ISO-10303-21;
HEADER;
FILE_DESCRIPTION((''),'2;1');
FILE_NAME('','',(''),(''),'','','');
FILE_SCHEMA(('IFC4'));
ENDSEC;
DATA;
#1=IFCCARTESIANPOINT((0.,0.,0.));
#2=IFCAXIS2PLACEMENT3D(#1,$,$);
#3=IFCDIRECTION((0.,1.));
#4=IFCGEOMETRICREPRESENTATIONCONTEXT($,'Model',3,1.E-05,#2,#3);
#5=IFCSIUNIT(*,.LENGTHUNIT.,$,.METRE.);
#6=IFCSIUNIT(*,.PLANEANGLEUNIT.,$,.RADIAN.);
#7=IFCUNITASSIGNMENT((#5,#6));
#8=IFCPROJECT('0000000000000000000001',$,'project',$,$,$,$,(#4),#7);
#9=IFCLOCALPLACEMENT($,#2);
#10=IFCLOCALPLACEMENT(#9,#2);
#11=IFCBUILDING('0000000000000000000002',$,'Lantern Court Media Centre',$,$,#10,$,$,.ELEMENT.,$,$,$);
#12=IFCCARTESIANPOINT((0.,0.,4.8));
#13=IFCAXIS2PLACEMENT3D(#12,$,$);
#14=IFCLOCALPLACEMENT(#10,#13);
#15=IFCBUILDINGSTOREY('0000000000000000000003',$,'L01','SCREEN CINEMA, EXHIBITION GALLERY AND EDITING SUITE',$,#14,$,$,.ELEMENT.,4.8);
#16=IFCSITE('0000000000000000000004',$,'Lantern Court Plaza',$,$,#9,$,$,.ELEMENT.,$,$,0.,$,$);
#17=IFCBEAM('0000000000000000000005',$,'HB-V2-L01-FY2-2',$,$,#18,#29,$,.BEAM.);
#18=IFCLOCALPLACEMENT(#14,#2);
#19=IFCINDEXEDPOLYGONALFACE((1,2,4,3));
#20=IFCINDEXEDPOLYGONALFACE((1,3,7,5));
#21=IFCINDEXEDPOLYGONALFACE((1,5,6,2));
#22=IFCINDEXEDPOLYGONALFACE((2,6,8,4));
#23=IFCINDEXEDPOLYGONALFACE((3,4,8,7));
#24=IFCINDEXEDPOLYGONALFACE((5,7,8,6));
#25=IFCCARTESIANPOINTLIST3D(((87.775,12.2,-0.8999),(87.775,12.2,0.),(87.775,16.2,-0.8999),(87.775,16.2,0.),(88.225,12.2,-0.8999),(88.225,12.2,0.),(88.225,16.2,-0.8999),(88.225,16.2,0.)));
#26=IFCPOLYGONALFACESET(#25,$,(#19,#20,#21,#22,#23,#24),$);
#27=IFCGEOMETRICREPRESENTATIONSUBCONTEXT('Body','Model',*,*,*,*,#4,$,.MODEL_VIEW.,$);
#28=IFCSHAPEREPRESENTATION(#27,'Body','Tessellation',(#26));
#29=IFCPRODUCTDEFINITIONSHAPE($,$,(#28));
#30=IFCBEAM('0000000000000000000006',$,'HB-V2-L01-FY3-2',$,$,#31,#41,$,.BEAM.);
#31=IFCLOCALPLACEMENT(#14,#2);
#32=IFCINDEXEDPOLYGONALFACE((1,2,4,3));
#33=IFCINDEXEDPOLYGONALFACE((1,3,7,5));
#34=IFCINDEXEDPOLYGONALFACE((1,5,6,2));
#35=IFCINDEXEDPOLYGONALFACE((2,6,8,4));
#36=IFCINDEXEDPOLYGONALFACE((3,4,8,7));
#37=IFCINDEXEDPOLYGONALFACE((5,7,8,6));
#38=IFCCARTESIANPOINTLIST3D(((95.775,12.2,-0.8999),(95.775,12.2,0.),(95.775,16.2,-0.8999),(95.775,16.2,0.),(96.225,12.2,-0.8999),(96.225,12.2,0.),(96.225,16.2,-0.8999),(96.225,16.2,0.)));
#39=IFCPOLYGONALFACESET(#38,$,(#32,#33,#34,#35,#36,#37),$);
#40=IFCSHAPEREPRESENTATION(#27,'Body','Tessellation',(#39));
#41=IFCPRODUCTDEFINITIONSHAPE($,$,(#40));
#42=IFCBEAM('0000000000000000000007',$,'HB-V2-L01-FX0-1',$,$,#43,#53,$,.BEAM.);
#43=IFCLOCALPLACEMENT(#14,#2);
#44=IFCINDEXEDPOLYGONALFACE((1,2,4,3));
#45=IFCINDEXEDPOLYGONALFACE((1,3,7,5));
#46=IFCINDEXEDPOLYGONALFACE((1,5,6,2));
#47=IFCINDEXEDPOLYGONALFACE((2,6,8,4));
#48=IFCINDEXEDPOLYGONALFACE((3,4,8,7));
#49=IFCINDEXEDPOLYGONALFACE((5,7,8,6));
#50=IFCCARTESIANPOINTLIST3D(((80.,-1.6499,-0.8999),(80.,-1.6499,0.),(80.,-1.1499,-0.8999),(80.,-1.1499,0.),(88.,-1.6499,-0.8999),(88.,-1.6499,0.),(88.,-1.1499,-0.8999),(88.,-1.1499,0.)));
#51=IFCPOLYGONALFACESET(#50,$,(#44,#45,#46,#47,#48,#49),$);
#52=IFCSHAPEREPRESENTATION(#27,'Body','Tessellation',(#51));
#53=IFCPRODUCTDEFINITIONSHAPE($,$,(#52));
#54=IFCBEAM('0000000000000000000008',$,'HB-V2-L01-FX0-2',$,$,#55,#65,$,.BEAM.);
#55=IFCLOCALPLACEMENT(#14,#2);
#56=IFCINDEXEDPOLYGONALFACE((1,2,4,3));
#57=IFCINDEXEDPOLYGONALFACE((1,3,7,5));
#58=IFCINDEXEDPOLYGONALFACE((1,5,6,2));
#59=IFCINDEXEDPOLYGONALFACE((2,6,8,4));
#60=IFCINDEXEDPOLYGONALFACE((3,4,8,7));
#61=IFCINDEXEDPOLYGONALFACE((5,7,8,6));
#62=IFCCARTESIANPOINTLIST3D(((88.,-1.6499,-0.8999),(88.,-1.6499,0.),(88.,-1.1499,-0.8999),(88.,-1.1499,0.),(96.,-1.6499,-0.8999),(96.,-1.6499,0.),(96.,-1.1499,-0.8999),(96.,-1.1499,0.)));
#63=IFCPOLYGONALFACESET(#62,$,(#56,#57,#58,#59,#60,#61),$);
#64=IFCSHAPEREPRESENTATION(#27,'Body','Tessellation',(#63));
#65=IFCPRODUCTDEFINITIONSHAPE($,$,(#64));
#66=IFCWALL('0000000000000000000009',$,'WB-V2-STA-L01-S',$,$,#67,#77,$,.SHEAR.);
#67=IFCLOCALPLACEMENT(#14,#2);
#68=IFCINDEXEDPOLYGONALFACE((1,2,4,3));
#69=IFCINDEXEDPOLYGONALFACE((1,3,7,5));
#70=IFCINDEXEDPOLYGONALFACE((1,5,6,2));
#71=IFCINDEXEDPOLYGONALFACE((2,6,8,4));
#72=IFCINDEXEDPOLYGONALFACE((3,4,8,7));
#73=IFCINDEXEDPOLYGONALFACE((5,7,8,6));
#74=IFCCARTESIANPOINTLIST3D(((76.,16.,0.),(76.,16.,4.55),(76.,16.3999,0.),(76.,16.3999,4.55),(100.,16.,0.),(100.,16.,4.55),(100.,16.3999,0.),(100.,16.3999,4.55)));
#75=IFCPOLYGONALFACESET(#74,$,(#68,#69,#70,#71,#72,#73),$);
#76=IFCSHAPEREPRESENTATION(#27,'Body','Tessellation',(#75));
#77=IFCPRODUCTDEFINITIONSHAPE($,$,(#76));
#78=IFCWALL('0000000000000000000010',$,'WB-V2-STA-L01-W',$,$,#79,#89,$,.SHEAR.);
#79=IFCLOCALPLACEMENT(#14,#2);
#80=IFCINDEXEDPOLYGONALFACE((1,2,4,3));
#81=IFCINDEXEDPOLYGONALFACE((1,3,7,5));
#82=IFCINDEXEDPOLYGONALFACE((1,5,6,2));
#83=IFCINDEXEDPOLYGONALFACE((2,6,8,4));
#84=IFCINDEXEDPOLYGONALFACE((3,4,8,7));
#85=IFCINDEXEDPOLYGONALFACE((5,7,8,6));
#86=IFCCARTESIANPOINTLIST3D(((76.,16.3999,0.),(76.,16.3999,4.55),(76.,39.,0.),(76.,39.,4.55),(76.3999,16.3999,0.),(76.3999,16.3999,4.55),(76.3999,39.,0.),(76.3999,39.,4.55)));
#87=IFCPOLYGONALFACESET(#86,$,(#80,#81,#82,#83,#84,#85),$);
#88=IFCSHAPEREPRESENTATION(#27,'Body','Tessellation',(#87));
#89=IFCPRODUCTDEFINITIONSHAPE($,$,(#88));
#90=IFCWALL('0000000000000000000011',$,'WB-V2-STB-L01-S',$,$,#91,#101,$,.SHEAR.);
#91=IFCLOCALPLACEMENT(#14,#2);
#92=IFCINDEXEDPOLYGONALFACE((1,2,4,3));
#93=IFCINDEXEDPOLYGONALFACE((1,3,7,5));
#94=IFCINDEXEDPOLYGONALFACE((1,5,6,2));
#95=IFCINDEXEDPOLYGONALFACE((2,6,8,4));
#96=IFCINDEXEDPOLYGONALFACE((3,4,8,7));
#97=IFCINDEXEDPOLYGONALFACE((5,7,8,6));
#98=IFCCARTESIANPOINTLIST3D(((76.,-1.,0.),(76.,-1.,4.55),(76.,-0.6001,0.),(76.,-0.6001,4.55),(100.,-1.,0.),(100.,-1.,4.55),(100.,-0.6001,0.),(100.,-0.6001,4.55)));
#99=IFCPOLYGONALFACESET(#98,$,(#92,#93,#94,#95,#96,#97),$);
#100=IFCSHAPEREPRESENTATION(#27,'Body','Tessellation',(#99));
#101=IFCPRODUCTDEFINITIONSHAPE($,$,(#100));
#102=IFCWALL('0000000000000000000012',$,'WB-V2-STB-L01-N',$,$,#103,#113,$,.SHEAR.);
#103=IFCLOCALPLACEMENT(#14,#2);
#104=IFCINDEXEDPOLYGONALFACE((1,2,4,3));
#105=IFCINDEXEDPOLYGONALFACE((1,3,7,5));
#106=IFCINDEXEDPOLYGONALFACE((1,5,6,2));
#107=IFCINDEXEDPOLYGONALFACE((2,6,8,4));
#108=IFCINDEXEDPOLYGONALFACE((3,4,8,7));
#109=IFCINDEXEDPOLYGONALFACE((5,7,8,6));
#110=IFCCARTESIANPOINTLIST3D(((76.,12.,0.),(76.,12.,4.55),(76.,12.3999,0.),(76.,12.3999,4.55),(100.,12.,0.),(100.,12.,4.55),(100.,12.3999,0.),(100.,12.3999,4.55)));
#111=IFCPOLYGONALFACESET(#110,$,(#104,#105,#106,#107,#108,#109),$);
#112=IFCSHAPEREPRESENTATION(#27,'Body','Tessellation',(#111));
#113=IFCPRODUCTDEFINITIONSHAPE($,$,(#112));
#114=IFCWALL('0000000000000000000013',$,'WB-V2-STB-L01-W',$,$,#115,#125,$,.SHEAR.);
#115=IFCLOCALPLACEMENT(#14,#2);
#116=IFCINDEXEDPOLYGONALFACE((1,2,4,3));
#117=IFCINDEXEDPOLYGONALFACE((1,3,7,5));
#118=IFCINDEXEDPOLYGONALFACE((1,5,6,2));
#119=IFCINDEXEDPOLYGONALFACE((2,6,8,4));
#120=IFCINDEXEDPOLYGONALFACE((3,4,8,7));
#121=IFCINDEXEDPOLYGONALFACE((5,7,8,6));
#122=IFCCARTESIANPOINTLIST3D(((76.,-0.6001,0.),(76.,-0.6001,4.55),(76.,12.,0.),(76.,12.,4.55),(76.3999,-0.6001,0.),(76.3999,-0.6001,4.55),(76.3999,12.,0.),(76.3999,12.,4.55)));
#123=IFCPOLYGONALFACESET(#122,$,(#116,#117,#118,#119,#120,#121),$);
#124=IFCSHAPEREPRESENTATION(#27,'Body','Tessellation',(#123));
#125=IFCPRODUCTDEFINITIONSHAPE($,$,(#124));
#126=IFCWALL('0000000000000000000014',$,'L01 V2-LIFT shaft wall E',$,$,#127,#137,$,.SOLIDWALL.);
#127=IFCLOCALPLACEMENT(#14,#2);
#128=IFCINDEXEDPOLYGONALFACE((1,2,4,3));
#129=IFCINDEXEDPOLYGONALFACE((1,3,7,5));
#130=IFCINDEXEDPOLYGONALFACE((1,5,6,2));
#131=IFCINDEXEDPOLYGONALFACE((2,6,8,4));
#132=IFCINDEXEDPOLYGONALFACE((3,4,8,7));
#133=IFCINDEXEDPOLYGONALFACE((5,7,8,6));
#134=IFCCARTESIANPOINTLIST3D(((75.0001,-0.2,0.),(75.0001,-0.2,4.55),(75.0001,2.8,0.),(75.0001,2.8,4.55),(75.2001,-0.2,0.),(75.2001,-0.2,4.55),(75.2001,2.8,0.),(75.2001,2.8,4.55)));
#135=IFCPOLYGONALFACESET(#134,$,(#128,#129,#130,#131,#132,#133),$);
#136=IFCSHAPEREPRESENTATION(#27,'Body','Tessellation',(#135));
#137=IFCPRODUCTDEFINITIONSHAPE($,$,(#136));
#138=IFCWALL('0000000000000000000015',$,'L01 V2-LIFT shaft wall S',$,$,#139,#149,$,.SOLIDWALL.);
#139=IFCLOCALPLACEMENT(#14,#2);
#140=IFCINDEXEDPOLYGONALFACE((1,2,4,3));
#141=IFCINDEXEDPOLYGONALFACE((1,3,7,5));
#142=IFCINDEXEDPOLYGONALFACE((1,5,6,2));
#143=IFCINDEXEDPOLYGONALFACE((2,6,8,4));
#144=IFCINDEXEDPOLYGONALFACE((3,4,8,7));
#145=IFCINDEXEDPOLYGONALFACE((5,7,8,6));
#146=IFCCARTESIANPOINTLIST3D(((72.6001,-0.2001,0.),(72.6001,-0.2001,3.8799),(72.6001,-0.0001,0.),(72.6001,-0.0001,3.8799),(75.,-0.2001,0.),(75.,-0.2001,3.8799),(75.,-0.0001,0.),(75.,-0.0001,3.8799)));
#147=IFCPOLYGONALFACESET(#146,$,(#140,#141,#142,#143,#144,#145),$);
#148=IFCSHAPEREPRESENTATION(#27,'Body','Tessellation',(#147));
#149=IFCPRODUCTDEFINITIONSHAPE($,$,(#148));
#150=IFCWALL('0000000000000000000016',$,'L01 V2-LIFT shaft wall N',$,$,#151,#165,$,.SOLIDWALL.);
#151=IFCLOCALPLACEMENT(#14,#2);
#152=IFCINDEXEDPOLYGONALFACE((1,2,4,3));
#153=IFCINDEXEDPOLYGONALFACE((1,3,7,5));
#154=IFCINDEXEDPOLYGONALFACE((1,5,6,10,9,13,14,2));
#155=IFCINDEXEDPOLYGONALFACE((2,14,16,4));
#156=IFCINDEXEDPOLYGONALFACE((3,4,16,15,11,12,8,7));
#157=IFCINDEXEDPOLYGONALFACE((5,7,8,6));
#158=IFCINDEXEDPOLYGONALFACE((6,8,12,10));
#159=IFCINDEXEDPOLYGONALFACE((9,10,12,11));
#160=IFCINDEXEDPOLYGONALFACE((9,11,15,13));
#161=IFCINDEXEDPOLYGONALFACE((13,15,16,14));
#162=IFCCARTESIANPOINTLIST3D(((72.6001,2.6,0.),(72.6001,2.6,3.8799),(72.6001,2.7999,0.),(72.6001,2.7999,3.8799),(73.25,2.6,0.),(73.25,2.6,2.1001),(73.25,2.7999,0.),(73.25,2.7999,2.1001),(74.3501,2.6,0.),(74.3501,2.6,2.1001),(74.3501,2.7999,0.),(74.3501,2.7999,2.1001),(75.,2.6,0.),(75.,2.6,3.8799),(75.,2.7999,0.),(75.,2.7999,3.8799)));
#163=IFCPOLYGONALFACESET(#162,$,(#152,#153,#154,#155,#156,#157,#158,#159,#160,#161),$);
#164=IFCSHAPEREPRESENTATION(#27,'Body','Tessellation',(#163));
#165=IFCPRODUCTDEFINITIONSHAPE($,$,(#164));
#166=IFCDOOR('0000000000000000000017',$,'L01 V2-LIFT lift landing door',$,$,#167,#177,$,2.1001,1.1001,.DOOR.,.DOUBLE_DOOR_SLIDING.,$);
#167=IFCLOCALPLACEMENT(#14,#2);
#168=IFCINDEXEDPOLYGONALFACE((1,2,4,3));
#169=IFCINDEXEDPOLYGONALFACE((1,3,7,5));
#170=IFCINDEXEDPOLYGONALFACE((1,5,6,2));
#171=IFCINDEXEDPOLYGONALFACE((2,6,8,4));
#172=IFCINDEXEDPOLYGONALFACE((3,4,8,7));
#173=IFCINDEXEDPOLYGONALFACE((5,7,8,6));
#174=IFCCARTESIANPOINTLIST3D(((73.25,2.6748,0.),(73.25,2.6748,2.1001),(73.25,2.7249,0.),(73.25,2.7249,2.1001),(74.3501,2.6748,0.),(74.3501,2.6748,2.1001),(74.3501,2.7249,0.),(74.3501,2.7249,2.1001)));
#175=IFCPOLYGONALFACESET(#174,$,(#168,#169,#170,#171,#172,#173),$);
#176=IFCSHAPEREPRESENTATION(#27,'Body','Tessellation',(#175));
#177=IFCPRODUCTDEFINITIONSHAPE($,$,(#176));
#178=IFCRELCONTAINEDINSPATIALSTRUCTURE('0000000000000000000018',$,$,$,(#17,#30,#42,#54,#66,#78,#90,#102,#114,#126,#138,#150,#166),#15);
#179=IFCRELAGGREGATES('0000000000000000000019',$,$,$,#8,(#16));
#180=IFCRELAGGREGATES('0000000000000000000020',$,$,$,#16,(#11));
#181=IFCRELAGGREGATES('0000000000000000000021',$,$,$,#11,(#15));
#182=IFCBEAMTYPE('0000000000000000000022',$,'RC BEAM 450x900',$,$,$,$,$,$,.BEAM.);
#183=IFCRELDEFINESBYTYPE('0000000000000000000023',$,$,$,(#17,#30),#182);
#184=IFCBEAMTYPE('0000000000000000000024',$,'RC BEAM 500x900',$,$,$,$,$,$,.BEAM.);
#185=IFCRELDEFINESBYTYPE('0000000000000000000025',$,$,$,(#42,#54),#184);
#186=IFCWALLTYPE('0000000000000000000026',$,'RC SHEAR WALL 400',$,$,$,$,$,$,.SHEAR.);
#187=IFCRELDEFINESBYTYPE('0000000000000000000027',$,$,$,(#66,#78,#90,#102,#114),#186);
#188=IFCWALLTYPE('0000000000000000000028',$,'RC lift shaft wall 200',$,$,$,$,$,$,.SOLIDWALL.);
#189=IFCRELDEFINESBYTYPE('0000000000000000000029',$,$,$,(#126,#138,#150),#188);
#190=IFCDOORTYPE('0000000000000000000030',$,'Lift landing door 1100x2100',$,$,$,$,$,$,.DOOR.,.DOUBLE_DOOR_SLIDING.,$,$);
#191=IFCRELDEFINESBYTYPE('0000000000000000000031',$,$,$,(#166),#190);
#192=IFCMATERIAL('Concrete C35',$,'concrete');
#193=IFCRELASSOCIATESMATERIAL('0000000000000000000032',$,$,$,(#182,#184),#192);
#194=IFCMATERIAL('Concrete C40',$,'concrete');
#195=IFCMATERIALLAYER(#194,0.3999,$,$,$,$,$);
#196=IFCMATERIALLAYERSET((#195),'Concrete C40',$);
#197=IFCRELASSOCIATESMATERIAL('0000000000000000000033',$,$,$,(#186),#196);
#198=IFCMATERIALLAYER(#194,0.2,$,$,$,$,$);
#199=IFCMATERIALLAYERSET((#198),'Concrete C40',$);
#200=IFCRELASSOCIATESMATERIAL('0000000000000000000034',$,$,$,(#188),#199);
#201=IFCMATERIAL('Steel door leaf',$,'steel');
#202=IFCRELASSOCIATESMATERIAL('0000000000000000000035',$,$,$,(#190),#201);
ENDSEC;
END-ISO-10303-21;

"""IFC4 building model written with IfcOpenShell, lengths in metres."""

from ifc_helpers import new_model, si_unit, direction, frame, frame_2d, origin, origin_2d, place, context, subcontext, project, spatial, rectangle, extrude, material, layer, layer_set, material_profile, profile_set, type_object, element, fill, save


model = new_model("IFC4")

# Units and contexts
model_context = context("Model", 3, precision=1e-05, world=origin(), true_north=direction((0.0, 1.0)))
body_context = subcontext(model_context, "Body", "Model", "MODEL_VIEW")
ifc_project = project(units=[si_unit("LENGTHUNIT", "METRE"), si_unit("PLANEANGLEUNIT", "RADIAN")], contexts=[model_context])

# Site, building, storey
site_placement = place(None, origin())
site = spatial("IfcSite", under=ifc_project, at=site_placement, Name="Lantern Court Plaza", CompositionType="ELEMENT", RefElevation=0.0)
building_placement = place(site_placement, origin())
building = spatial("IfcBuilding", under=site, at=building_placement, Name="Lantern Court Media Centre", CompositionType="ELEMENT")
storey_placement = place(building_placement, frame((0.0, 0.0, 4.8)))
storey = spatial("IfcBuildingStorey", under=building, at=storey_placement, Name="L01", Description="SCREEN CINEMA, EXHIBITION GALLERY AND EDITING SUITE", CompositionType="ELEMENT", Elevation=4.8)

# Shared definitions
ifc_material_1 = material(Name="Concrete C35", Category="concrete")

# Beams
ifc_material_profile_1 = material_profile(ifc_material_1, rectangle(XDim=0.45, YDim=0.8999, at=origin_2d()), Name="RC 450x900")
ifc_profile_set_1 = profile_set([ifc_material_profile_1], Name="Concrete C35")
beam_type_1 = type_object("IfcBeamType", Name="RC BEAM 450x900", PredefinedType="BEAM", material=ifc_profile_set_1)
for number, where, z_axis, x_axis, name in (
    (1, (88.0, 12.2, -0.45), (0.0, 1.0, 0.0), (-1.0, 0.0, 0.0), "HB-V2-L01-FY2-2"),
    (2, (96.0, 12.2, -0.45), (0.0, 1.0, 0.0), (-1.0, 0.0, 0.0), "HB-V2-L01-FY3-2"),
):
    element("IfcBeam", number, at=place(storey_placement, frame(where, z_axis=z_axis, x_axis=x_axis)), inside=storey, type_object=beam_type_1, Name=name, PredefinedType="BEAM", context=body_context, shape_type="SweptSolid", body=[
        extrude(rectangle(XDim=0.45, YDim=0.8999, at=origin_2d()), origin(), (0.0, 0.0, 1.0), 4.0),
    ])
ifc_material_profile_2 = material_profile(ifc_material_1, rectangle(XDim=0.5, YDim=0.8999, at=origin_2d()), Name="RC 500x900")
ifc_profile_set_2 = profile_set([ifc_material_profile_2], Name="Concrete C35")
beam_type_2 = type_object("IfcBeamType", Name="RC BEAM 500x900", PredefinedType="BEAM", material=ifc_profile_set_2)
for number, where, z_axis, x_axis, name in (
    (3, (80.0, -1.3999, -0.45), (1.0, 0.0, 0.0), (0.0, 1.0, 0.0), "HB-V2-L01-FX0-1"),
    (4, (88.0, -1.3999, -0.45), (1.0, 0.0, 0.0), (0.0, 1.0, 0.0), "HB-V2-L01-FX0-2"),
):
    element("IfcBeam", number, at=place(storey_placement, frame(where, z_axis=z_axis, x_axis=x_axis)), inside=storey, type_object=beam_type_2, Name=name, PredefinedType="BEAM", context=body_context, shape_type="SweptSolid", body=[
        extrude(rectangle(XDim=0.5, YDim=0.8999, at=origin_2d()), origin(), (0.0, 0.0, 1.0), 8.0),
    ])

# Walls
ifc_material_2 = material(Name="Concrete C40", Category="concrete")
ifc_layer_1 = layer(ifc_material_2, 0.3999)
ifc_layer_set_1 = layer_set([ifc_layer_1], Name="Concrete C40")
wall_type_1 = type_object("IfcWallType", Name="RC SHEAR WALL 400", PredefinedType="SHEAR", material=ifc_layer_set_1)
wall_1_placement = place(storey_placement, frame((76.0, 16.2, 0.0), z_axis=(0.0, 0.0, 1.0), x_axis=(1.0, 0.0, 0.0)))
element("IfcWall", 5, at=wall_1_placement, inside=storey, type_object=wall_type_1, Name="WB-V2-STA-L01-S", PredefinedType="SHEAR", context=body_context, shape_type="SweptSolid", body=[
    extrude(rectangle(XDim=24.0, YDim=0.3999, at=frame_2d((12.0, 0.0))), origin(), (0.0, 0.0, 1.0), 4.55),
])
wall_2_placement = place(storey_placement, frame((76.2, 16.3999, 0.0), z_axis=(0.0, 0.0, 1.0), x_axis=(0.0, 1.0, 0.0)))
element("IfcWall", 6, at=wall_2_placement, inside=storey, type_object=wall_type_1, Name="WB-V2-STA-L01-W", PredefinedType="SHEAR", context=body_context, shape_type="SweptSolid", body=[
    extrude(rectangle(XDim=22.6001, YDim=0.3999, at=frame_2d((11.3, 0.0))), origin(), (0.0, 0.0, 1.0), 4.55),
])
for number, where, z_axis, x_axis, name in (
    (7, (76.0, -0.8, 0.0), (0.0, 0.0, 1.0), (1.0, 0.0, 0.0), "WB-V2-STB-L01-S"),
    (8, (76.0, 12.2, 0.0), (0.0, 0.0, 1.0), (1.0, 0.0, 0.0), "WB-V2-STB-L01-N"),
):
    element("IfcWall", number, at=place(storey_placement, frame(where, z_axis=z_axis, x_axis=x_axis)), inside=storey, type_object=wall_type_1, Name=name, PredefinedType="SHEAR", context=body_context, shape_type="SweptSolid", body=[
        extrude(rectangle(XDim=24.0, YDim=0.3999, at=frame_2d((12.0, 0.0))), origin(), (0.0, 0.0, 1.0), 4.55),
    ])
wall_3_placement = place(storey_placement, frame((76.2, -0.6001, 0.0), z_axis=(0.0, 0.0, 1.0), x_axis=(0.0, 1.0, 0.0)))
element("IfcWall", 9, at=wall_3_placement, inside=storey, type_object=wall_type_1, Name="WB-V2-STB-L01-W", PredefinedType="SHEAR", context=body_context, shape_type="SweptSolid", body=[
    extrude(rectangle(XDim=12.6001, YDim=0.3999, at=frame_2d((6.3, 0.0))), origin(), (0.0, 0.0, 1.0), 4.55),
])
ifc_layer_2 = layer(ifc_material_2, 0.2)
ifc_layer_set_2 = layer_set([ifc_layer_2], Name="Concrete C40")
wall_type_2 = type_object("IfcWallType", Name="RC lift shaft wall 200", PredefinedType="SOLIDWALL", material=ifc_layer_set_2)
wall_4_placement = place(storey_placement, frame((75.1001, -0.2, 0.0), z_axis=(0.0, 0.0, 1.0), x_axis=(0.0, 1.0, 0.0)))
element("IfcWall", 10, at=wall_4_placement, inside=storey, type_object=wall_type_2, Name="L01 V2-LIFT shaft wall E", PredefinedType="SOLIDWALL", context=body_context, shape_type="SweptSolid", body=[
    extrude(rectangle(XDim=3.0, YDim=0.2, at=frame_2d((1.5, 0.0))), origin(), (0.0, 0.0, 1.0), 4.55),
])
wall_5_placement = place(storey_placement, frame((72.6001, -0.1001, 0.0), z_axis=(0.0, 0.0, 1.0), x_axis=(1.0, 0.0, 0.0)))
element("IfcWall", 11, at=wall_5_placement, inside=storey, type_object=wall_type_2, Name="L01 V2-LIFT shaft wall S", PredefinedType="SOLIDWALL", context=body_context, shape_type="SweptSolid", body=[
    extrude(rectangle(XDim=2.3999, YDim=0.2, at=frame_2d((1.2, 0.0))), origin(), (0.0, 0.0, 1.0), 3.8799),
])

# Wall, opening, door
wall_6_placement = place(storey_placement, frame((72.6001, 2.7, 0.0), z_axis=(0.0, 0.0, 1.0), x_axis=(1.0, 0.0, 0.0)))
wall_6 = element("IfcWall", 12, at=wall_6_placement, inside=storey, type_object=wall_type_2, Name="L01 V2-LIFT shaft wall N", PredefinedType="SOLIDWALL", context=body_context, shape_type="SweptSolid", body=[
    extrude(rectangle(XDim=2.3999, YDim=0.2, at=frame_2d((1.2, 0.0))), origin(), (0.0, 0.0, 1.0), 3.8799),
])
opening_1_placement = place(wall_6_placement, frame((0.6499, 0.0, 0.0)))
opening_1 = element("IfcOpeningElement", 13, at=opening_1_placement, cuts=wall_6, PredefinedType="OPENING", context=body_context, shape_type="SweptSolid", body=[
    extrude(rectangle(XDim=1.1001, YDim=2.1001, at=frame_2d((0.55, 1.05))), frame((0.0, 0.1099, 0.0), z_axis=(0.0, -1.0, 0.0), x_axis=(1.0, 0.0, 0.0)), (0.0, 0.0, 1.0), 0.22),
])
ifc_material_3 = material(Name="Steel door leaf", Category="steel")
door_type_1 = type_object("IfcDoorType", Name="Lift landing door 1100x2100", OperationType="DOUBLE_DOOR_SLIDING", PredefinedType="DOOR", material=ifc_material_3)
door_1_placement = place(opening_1_placement, origin())
door_1 = element("IfcDoor", 14, at=door_1_placement, inside=storey, type_object=door_type_1, Name="L01 V2-LIFT lift landing door", OperationType="DOUBLE_DOOR_SLIDING", OverallHeight=2.1001, OverallWidth=1.1001, PredefinedType="DOOR", context=body_context, shape_type="SweptSolid", body=[
    extrude(rectangle(XDim=1.1001, YDim=2.1001, at=frame_2d((0.55, 1.05))), frame((0.0, 0.0249, 0.0), z_axis=(0.0, -1.0, 0.0), x_axis=(1.0, 0.0, 0.0)), (0.0, 0.0, 1.0), 0.05),
])
fill(opening_1, door_1)

save(model, "model.ifc")
